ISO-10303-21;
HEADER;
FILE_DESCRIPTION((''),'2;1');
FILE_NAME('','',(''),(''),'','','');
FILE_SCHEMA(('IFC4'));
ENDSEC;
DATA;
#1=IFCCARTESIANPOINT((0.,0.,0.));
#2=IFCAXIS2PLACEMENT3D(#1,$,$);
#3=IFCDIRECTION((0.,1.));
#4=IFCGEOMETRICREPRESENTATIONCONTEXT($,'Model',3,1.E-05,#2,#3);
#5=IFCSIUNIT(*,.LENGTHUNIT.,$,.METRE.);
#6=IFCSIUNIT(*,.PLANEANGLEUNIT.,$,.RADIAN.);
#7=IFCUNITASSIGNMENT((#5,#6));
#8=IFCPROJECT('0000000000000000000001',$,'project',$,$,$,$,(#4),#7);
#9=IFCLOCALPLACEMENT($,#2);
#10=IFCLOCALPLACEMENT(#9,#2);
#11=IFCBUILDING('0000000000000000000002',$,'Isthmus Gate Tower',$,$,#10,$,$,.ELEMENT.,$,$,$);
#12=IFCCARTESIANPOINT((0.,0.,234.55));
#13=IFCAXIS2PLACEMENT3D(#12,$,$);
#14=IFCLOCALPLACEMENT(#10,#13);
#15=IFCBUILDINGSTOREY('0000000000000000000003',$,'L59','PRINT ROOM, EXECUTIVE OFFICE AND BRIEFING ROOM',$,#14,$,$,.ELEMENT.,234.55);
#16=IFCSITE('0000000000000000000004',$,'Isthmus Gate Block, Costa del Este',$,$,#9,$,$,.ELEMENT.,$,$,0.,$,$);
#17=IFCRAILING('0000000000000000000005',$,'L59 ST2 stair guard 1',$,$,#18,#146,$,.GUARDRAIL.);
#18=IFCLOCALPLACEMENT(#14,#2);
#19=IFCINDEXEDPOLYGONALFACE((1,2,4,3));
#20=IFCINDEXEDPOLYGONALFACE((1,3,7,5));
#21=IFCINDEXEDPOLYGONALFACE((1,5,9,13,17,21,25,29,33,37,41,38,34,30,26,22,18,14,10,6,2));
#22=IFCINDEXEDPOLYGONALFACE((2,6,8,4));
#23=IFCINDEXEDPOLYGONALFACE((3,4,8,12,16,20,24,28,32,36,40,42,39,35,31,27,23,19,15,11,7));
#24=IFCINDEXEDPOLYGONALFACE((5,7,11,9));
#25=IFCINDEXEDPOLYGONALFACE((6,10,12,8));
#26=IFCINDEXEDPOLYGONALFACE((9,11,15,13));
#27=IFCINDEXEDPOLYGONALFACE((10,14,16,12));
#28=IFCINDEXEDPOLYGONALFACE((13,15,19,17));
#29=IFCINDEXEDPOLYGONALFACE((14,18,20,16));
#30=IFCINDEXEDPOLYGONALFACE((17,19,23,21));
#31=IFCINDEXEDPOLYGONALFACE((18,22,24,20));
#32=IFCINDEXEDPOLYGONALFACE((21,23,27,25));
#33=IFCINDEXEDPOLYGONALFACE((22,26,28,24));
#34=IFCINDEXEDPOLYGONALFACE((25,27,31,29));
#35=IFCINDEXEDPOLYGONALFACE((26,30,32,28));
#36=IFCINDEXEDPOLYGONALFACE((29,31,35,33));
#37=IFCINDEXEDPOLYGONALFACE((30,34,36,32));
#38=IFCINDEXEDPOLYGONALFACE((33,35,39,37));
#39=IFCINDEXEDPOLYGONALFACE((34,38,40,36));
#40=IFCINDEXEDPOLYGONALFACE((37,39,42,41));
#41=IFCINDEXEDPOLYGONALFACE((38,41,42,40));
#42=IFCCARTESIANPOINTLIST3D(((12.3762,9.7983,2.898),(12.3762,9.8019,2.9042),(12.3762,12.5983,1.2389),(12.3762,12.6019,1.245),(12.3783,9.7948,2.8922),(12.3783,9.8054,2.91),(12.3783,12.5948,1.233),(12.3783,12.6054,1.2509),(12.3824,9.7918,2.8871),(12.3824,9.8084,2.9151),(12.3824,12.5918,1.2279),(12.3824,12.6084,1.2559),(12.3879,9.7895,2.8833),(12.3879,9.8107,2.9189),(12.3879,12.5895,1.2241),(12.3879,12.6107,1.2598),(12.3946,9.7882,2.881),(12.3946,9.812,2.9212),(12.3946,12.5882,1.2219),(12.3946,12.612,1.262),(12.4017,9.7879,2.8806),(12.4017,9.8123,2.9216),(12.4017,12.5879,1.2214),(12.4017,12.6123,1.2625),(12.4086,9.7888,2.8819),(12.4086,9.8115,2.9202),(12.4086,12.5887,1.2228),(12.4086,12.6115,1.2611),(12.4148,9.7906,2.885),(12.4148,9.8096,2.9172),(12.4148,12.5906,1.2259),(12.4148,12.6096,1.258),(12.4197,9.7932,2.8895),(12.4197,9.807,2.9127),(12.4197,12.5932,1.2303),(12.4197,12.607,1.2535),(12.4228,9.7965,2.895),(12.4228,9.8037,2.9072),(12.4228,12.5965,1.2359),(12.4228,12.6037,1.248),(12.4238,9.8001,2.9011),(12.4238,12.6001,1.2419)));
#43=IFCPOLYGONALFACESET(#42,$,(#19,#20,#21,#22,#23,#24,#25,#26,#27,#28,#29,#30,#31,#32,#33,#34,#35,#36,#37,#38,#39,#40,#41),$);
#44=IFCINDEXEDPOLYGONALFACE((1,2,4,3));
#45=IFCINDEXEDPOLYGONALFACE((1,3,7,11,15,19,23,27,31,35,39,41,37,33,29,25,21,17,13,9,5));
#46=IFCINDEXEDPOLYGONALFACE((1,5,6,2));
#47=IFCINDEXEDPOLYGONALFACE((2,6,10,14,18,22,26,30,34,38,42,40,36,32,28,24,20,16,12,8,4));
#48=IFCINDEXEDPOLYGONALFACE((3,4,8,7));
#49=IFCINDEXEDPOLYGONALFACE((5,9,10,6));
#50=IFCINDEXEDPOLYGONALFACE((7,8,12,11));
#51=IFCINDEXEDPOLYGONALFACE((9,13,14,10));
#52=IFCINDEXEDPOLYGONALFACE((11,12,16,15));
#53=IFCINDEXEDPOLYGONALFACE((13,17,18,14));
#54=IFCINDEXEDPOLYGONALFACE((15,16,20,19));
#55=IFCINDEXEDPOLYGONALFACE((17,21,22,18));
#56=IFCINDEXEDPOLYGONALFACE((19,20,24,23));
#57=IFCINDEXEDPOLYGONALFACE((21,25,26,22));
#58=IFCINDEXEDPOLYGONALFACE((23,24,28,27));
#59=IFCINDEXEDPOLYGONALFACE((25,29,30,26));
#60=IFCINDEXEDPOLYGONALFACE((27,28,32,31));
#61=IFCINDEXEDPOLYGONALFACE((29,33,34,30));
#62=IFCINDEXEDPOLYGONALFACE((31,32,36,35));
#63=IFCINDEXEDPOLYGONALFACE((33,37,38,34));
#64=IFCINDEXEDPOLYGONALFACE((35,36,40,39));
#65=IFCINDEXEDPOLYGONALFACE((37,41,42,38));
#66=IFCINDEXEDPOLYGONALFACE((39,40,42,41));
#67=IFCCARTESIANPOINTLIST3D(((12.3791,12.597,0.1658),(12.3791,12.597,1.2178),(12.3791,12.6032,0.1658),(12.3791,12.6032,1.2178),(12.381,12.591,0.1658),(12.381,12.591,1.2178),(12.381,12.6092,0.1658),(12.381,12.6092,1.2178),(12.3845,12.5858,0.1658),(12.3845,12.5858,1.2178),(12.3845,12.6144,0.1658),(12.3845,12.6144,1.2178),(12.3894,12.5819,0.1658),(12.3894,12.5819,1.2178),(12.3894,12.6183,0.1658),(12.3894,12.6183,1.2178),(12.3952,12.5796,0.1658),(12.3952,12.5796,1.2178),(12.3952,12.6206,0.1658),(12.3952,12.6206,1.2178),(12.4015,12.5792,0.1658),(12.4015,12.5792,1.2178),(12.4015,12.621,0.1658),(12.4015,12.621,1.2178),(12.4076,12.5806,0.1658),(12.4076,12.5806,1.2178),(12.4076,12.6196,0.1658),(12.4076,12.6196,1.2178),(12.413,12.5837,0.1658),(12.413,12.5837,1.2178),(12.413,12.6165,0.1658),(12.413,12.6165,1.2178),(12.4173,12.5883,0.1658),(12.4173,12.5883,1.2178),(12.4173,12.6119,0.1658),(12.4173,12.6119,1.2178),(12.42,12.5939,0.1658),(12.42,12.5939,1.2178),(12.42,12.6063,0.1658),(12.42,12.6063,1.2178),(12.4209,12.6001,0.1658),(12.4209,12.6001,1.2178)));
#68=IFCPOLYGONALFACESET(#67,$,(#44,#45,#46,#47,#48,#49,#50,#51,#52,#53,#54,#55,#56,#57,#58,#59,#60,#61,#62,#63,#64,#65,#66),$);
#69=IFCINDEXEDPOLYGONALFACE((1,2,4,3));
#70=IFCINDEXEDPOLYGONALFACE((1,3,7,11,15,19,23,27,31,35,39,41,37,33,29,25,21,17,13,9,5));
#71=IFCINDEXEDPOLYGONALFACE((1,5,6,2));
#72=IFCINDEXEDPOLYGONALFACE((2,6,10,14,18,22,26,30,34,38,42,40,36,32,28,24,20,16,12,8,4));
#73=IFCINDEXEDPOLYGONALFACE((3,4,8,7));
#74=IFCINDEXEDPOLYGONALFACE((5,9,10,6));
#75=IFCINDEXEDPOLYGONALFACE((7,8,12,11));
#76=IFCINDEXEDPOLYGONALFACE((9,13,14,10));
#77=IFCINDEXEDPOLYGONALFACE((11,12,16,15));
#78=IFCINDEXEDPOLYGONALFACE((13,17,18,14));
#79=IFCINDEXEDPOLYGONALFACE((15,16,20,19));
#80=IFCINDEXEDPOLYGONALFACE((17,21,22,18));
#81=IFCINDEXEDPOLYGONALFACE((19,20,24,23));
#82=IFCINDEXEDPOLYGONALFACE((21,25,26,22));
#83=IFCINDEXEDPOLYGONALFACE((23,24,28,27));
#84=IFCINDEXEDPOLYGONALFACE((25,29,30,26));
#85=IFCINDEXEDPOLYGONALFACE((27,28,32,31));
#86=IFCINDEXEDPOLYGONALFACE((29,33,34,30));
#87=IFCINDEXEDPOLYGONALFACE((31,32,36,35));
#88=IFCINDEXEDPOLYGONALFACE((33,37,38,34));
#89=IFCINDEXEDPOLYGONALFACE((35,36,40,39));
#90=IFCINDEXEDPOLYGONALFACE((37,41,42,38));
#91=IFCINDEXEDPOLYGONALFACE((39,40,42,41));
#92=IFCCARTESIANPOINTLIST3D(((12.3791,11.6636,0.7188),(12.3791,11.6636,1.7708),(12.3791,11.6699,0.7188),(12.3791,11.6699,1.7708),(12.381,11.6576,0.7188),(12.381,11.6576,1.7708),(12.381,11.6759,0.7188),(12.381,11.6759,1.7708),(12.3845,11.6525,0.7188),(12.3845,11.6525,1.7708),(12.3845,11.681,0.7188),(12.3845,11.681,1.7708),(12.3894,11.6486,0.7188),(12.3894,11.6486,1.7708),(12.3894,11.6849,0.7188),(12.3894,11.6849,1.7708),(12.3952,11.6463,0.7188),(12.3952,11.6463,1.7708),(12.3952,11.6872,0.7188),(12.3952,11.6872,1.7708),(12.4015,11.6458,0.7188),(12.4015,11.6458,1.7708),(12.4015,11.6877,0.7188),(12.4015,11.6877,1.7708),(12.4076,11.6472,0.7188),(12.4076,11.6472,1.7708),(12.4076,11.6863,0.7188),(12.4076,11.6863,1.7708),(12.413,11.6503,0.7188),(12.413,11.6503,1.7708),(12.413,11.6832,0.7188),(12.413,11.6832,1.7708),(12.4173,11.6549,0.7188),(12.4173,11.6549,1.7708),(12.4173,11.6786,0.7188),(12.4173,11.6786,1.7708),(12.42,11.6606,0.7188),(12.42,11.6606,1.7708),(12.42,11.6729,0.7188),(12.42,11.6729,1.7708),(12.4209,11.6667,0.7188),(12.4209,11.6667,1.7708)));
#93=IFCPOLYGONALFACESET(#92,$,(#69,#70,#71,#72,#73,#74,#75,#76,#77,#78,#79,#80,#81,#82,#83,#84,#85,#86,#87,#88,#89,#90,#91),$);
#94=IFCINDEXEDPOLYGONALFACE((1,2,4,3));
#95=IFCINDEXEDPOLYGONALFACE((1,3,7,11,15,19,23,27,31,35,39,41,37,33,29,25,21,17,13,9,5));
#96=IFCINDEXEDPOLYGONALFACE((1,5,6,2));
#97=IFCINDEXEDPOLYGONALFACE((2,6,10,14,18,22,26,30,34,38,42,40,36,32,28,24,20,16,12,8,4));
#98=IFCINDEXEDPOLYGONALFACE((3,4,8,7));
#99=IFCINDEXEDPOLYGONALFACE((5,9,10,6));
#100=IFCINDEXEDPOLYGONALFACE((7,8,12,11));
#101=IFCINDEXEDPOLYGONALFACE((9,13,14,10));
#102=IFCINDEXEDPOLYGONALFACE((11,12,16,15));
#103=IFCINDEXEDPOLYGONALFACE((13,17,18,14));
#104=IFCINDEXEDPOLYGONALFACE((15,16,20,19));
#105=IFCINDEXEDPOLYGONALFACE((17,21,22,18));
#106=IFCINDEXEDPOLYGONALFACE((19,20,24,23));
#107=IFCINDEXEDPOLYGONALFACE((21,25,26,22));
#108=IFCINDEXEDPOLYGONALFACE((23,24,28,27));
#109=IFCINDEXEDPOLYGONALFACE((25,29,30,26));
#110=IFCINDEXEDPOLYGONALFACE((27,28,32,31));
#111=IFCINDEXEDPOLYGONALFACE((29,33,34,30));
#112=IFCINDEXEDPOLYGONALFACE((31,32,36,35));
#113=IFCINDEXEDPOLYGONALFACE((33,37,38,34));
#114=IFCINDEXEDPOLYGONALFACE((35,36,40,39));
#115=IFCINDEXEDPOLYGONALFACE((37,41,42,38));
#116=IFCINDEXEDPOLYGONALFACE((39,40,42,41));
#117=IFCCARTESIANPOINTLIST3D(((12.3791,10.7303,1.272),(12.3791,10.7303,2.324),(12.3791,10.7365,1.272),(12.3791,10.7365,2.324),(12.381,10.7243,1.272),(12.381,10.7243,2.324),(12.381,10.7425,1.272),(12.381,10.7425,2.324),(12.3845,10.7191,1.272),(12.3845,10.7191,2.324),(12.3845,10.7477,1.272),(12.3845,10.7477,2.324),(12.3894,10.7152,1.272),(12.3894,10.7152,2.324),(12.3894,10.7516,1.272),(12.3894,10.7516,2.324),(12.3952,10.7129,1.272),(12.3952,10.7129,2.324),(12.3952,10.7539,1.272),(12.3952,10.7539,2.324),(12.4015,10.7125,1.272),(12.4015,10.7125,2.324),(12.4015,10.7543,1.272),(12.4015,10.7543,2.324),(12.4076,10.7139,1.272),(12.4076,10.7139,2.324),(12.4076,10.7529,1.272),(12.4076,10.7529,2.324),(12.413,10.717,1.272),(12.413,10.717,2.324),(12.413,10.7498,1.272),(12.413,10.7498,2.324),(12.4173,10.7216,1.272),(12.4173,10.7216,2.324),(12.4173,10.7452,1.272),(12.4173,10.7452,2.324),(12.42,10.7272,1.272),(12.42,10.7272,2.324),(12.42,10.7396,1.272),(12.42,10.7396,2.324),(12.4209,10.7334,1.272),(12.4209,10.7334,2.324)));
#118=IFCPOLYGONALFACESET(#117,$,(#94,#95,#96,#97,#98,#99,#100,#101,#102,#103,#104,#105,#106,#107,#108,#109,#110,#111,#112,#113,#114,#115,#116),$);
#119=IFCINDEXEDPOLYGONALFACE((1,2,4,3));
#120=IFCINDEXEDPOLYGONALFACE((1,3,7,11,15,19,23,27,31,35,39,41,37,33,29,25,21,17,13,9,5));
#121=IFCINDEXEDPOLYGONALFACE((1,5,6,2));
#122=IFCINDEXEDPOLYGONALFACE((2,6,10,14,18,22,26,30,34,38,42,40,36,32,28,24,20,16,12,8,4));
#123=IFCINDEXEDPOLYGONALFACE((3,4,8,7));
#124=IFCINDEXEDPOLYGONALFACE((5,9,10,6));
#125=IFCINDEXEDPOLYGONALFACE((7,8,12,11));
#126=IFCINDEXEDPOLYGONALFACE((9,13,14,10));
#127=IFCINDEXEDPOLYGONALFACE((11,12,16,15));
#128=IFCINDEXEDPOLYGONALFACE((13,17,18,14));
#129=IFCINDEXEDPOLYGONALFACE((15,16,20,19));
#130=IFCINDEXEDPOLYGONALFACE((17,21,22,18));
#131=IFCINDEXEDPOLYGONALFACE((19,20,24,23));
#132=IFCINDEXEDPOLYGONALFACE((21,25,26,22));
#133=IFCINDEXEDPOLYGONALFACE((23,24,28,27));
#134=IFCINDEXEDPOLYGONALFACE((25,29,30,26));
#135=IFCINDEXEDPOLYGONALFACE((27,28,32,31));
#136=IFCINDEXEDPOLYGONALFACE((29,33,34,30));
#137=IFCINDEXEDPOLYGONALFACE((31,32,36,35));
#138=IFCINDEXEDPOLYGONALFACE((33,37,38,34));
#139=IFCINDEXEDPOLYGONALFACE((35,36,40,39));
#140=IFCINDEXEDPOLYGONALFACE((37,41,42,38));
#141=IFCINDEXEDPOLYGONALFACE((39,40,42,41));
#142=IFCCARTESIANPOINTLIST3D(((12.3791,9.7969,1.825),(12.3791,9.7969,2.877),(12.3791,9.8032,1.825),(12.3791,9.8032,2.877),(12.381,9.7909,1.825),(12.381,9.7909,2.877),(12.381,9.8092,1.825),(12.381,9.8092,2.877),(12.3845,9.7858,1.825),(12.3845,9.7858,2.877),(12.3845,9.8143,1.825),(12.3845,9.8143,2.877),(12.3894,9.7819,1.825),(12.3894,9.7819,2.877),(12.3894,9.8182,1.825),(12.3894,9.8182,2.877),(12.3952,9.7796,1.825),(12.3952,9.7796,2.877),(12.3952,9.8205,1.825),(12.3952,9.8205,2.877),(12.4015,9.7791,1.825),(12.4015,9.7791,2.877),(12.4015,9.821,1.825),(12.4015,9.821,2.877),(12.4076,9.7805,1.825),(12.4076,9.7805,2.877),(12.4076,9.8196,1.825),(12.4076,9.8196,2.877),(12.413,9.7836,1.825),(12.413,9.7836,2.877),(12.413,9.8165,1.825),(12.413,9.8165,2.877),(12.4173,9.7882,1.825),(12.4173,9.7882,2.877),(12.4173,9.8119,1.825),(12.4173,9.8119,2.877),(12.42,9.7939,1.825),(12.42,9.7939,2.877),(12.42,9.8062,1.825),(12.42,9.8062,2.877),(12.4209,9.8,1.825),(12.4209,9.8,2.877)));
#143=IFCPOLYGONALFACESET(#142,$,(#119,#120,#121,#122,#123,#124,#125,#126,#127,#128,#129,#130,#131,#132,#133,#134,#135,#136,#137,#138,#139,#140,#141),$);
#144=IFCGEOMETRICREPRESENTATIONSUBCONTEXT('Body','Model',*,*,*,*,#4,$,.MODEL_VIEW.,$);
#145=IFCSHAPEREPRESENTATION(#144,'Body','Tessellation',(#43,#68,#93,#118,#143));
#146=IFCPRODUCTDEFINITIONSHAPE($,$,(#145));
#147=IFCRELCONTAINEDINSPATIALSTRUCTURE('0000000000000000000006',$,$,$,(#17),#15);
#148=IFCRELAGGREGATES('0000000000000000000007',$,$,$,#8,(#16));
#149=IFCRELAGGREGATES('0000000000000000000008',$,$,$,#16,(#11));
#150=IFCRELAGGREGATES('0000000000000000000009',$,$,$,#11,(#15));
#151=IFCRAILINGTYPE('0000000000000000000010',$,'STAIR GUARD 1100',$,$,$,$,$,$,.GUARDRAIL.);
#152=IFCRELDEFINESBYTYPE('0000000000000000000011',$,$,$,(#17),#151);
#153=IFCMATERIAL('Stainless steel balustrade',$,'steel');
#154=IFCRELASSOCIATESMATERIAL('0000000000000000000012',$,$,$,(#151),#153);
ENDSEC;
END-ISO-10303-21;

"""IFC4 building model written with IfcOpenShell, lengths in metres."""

from ifc_helpers import new_model, si_unit, direction, frame, origin, origin_2d, place, context, subcontext, project, spatial, circle, extrude, material, type_object, element, save


model = new_model("IFC4")

# Units and contexts
model_context = context("Model", 3, precision=1e-05, world=origin(), true_north=direction((0.0, 1.0)))
body_context = subcontext(model_context, "Body", "Model", "MODEL_VIEW")
ifc_project = project(units=[si_unit("LENGTHUNIT", "METRE"), si_unit("PLANEANGLEUNIT", "RADIAN")], contexts=[model_context])

# Site, building, storey
site_placement = place(None, origin())
site = spatial("IfcSite", under=ifc_project, at=site_placement, Name="Isthmus Gate Block, Costa del Este", CompositionType="ELEMENT", RefElevation=0.0)
building_placement = place(site_placement, origin())
building = spatial("IfcBuilding", under=site, at=building_placement, Name="Isthmus Gate Tower", CompositionType="ELEMENT")
storey_placement = place(building_placement, frame((0.0, 0.0, 234.55)))
storey = spatial("IfcBuildingStorey", under=building, at=storey_placement, Name="L59", Description="PRINT ROOM, EXECUTIVE OFFICE AND BRIEFING ROOM", CompositionType="ELEMENT", Elevation=234.55)

# Railing
ifc_material_1 = material(Name="Stainless steel balustrade", Category="steel")
railing_type_1 = type_object("IfcRailingType", Name="STAIR GUARD 1100", PredefinedType="GUARDRAIL", material=ifc_material_1)
railing_1_placement = place(storey_placement, frame((12.3999, 12.6001, 0.1658)))
element("IfcRailing", 1, at=railing_1_placement, inside=storey, type_object=railing_type_1, Name="L59 ST2 stair guard 1", PredefinedType="GUARDRAIL", context=body_context, shape_type="SweptSolid", body=[
    extrude(circle(Radius=0.0239, at=origin_2d()), frame((0.0, 0.0, 1.0762), z_axis=(0.0, -0.860306, 0.509778), x_axis=(1.0, 0.0, 0.0)), (0.0, 0.0, 1.0), 3.2546),
    extrude(circle(Radius=0.021, at=origin_2d()), origin(), (0.0, 0.0, 1.0), 1.052),
    extrude(circle(Radius=0.021, at=origin_2d()), frame((0.0, -0.9333, 0.553)), (0.0, 0.0, 1.0), 1.052),
    extrude(circle(Radius=0.021, at=origin_2d()), frame((0.0, -1.8667, 1.1062)), (0.0, 0.0, 1.0), 1.052),
    extrude(circle(Radius=0.021, at=origin_2d()), frame((0.0, -2.8, 1.6592)), (0.0, 0.0, 1.0), 1.052),
])

save(model, "model.ifc")
